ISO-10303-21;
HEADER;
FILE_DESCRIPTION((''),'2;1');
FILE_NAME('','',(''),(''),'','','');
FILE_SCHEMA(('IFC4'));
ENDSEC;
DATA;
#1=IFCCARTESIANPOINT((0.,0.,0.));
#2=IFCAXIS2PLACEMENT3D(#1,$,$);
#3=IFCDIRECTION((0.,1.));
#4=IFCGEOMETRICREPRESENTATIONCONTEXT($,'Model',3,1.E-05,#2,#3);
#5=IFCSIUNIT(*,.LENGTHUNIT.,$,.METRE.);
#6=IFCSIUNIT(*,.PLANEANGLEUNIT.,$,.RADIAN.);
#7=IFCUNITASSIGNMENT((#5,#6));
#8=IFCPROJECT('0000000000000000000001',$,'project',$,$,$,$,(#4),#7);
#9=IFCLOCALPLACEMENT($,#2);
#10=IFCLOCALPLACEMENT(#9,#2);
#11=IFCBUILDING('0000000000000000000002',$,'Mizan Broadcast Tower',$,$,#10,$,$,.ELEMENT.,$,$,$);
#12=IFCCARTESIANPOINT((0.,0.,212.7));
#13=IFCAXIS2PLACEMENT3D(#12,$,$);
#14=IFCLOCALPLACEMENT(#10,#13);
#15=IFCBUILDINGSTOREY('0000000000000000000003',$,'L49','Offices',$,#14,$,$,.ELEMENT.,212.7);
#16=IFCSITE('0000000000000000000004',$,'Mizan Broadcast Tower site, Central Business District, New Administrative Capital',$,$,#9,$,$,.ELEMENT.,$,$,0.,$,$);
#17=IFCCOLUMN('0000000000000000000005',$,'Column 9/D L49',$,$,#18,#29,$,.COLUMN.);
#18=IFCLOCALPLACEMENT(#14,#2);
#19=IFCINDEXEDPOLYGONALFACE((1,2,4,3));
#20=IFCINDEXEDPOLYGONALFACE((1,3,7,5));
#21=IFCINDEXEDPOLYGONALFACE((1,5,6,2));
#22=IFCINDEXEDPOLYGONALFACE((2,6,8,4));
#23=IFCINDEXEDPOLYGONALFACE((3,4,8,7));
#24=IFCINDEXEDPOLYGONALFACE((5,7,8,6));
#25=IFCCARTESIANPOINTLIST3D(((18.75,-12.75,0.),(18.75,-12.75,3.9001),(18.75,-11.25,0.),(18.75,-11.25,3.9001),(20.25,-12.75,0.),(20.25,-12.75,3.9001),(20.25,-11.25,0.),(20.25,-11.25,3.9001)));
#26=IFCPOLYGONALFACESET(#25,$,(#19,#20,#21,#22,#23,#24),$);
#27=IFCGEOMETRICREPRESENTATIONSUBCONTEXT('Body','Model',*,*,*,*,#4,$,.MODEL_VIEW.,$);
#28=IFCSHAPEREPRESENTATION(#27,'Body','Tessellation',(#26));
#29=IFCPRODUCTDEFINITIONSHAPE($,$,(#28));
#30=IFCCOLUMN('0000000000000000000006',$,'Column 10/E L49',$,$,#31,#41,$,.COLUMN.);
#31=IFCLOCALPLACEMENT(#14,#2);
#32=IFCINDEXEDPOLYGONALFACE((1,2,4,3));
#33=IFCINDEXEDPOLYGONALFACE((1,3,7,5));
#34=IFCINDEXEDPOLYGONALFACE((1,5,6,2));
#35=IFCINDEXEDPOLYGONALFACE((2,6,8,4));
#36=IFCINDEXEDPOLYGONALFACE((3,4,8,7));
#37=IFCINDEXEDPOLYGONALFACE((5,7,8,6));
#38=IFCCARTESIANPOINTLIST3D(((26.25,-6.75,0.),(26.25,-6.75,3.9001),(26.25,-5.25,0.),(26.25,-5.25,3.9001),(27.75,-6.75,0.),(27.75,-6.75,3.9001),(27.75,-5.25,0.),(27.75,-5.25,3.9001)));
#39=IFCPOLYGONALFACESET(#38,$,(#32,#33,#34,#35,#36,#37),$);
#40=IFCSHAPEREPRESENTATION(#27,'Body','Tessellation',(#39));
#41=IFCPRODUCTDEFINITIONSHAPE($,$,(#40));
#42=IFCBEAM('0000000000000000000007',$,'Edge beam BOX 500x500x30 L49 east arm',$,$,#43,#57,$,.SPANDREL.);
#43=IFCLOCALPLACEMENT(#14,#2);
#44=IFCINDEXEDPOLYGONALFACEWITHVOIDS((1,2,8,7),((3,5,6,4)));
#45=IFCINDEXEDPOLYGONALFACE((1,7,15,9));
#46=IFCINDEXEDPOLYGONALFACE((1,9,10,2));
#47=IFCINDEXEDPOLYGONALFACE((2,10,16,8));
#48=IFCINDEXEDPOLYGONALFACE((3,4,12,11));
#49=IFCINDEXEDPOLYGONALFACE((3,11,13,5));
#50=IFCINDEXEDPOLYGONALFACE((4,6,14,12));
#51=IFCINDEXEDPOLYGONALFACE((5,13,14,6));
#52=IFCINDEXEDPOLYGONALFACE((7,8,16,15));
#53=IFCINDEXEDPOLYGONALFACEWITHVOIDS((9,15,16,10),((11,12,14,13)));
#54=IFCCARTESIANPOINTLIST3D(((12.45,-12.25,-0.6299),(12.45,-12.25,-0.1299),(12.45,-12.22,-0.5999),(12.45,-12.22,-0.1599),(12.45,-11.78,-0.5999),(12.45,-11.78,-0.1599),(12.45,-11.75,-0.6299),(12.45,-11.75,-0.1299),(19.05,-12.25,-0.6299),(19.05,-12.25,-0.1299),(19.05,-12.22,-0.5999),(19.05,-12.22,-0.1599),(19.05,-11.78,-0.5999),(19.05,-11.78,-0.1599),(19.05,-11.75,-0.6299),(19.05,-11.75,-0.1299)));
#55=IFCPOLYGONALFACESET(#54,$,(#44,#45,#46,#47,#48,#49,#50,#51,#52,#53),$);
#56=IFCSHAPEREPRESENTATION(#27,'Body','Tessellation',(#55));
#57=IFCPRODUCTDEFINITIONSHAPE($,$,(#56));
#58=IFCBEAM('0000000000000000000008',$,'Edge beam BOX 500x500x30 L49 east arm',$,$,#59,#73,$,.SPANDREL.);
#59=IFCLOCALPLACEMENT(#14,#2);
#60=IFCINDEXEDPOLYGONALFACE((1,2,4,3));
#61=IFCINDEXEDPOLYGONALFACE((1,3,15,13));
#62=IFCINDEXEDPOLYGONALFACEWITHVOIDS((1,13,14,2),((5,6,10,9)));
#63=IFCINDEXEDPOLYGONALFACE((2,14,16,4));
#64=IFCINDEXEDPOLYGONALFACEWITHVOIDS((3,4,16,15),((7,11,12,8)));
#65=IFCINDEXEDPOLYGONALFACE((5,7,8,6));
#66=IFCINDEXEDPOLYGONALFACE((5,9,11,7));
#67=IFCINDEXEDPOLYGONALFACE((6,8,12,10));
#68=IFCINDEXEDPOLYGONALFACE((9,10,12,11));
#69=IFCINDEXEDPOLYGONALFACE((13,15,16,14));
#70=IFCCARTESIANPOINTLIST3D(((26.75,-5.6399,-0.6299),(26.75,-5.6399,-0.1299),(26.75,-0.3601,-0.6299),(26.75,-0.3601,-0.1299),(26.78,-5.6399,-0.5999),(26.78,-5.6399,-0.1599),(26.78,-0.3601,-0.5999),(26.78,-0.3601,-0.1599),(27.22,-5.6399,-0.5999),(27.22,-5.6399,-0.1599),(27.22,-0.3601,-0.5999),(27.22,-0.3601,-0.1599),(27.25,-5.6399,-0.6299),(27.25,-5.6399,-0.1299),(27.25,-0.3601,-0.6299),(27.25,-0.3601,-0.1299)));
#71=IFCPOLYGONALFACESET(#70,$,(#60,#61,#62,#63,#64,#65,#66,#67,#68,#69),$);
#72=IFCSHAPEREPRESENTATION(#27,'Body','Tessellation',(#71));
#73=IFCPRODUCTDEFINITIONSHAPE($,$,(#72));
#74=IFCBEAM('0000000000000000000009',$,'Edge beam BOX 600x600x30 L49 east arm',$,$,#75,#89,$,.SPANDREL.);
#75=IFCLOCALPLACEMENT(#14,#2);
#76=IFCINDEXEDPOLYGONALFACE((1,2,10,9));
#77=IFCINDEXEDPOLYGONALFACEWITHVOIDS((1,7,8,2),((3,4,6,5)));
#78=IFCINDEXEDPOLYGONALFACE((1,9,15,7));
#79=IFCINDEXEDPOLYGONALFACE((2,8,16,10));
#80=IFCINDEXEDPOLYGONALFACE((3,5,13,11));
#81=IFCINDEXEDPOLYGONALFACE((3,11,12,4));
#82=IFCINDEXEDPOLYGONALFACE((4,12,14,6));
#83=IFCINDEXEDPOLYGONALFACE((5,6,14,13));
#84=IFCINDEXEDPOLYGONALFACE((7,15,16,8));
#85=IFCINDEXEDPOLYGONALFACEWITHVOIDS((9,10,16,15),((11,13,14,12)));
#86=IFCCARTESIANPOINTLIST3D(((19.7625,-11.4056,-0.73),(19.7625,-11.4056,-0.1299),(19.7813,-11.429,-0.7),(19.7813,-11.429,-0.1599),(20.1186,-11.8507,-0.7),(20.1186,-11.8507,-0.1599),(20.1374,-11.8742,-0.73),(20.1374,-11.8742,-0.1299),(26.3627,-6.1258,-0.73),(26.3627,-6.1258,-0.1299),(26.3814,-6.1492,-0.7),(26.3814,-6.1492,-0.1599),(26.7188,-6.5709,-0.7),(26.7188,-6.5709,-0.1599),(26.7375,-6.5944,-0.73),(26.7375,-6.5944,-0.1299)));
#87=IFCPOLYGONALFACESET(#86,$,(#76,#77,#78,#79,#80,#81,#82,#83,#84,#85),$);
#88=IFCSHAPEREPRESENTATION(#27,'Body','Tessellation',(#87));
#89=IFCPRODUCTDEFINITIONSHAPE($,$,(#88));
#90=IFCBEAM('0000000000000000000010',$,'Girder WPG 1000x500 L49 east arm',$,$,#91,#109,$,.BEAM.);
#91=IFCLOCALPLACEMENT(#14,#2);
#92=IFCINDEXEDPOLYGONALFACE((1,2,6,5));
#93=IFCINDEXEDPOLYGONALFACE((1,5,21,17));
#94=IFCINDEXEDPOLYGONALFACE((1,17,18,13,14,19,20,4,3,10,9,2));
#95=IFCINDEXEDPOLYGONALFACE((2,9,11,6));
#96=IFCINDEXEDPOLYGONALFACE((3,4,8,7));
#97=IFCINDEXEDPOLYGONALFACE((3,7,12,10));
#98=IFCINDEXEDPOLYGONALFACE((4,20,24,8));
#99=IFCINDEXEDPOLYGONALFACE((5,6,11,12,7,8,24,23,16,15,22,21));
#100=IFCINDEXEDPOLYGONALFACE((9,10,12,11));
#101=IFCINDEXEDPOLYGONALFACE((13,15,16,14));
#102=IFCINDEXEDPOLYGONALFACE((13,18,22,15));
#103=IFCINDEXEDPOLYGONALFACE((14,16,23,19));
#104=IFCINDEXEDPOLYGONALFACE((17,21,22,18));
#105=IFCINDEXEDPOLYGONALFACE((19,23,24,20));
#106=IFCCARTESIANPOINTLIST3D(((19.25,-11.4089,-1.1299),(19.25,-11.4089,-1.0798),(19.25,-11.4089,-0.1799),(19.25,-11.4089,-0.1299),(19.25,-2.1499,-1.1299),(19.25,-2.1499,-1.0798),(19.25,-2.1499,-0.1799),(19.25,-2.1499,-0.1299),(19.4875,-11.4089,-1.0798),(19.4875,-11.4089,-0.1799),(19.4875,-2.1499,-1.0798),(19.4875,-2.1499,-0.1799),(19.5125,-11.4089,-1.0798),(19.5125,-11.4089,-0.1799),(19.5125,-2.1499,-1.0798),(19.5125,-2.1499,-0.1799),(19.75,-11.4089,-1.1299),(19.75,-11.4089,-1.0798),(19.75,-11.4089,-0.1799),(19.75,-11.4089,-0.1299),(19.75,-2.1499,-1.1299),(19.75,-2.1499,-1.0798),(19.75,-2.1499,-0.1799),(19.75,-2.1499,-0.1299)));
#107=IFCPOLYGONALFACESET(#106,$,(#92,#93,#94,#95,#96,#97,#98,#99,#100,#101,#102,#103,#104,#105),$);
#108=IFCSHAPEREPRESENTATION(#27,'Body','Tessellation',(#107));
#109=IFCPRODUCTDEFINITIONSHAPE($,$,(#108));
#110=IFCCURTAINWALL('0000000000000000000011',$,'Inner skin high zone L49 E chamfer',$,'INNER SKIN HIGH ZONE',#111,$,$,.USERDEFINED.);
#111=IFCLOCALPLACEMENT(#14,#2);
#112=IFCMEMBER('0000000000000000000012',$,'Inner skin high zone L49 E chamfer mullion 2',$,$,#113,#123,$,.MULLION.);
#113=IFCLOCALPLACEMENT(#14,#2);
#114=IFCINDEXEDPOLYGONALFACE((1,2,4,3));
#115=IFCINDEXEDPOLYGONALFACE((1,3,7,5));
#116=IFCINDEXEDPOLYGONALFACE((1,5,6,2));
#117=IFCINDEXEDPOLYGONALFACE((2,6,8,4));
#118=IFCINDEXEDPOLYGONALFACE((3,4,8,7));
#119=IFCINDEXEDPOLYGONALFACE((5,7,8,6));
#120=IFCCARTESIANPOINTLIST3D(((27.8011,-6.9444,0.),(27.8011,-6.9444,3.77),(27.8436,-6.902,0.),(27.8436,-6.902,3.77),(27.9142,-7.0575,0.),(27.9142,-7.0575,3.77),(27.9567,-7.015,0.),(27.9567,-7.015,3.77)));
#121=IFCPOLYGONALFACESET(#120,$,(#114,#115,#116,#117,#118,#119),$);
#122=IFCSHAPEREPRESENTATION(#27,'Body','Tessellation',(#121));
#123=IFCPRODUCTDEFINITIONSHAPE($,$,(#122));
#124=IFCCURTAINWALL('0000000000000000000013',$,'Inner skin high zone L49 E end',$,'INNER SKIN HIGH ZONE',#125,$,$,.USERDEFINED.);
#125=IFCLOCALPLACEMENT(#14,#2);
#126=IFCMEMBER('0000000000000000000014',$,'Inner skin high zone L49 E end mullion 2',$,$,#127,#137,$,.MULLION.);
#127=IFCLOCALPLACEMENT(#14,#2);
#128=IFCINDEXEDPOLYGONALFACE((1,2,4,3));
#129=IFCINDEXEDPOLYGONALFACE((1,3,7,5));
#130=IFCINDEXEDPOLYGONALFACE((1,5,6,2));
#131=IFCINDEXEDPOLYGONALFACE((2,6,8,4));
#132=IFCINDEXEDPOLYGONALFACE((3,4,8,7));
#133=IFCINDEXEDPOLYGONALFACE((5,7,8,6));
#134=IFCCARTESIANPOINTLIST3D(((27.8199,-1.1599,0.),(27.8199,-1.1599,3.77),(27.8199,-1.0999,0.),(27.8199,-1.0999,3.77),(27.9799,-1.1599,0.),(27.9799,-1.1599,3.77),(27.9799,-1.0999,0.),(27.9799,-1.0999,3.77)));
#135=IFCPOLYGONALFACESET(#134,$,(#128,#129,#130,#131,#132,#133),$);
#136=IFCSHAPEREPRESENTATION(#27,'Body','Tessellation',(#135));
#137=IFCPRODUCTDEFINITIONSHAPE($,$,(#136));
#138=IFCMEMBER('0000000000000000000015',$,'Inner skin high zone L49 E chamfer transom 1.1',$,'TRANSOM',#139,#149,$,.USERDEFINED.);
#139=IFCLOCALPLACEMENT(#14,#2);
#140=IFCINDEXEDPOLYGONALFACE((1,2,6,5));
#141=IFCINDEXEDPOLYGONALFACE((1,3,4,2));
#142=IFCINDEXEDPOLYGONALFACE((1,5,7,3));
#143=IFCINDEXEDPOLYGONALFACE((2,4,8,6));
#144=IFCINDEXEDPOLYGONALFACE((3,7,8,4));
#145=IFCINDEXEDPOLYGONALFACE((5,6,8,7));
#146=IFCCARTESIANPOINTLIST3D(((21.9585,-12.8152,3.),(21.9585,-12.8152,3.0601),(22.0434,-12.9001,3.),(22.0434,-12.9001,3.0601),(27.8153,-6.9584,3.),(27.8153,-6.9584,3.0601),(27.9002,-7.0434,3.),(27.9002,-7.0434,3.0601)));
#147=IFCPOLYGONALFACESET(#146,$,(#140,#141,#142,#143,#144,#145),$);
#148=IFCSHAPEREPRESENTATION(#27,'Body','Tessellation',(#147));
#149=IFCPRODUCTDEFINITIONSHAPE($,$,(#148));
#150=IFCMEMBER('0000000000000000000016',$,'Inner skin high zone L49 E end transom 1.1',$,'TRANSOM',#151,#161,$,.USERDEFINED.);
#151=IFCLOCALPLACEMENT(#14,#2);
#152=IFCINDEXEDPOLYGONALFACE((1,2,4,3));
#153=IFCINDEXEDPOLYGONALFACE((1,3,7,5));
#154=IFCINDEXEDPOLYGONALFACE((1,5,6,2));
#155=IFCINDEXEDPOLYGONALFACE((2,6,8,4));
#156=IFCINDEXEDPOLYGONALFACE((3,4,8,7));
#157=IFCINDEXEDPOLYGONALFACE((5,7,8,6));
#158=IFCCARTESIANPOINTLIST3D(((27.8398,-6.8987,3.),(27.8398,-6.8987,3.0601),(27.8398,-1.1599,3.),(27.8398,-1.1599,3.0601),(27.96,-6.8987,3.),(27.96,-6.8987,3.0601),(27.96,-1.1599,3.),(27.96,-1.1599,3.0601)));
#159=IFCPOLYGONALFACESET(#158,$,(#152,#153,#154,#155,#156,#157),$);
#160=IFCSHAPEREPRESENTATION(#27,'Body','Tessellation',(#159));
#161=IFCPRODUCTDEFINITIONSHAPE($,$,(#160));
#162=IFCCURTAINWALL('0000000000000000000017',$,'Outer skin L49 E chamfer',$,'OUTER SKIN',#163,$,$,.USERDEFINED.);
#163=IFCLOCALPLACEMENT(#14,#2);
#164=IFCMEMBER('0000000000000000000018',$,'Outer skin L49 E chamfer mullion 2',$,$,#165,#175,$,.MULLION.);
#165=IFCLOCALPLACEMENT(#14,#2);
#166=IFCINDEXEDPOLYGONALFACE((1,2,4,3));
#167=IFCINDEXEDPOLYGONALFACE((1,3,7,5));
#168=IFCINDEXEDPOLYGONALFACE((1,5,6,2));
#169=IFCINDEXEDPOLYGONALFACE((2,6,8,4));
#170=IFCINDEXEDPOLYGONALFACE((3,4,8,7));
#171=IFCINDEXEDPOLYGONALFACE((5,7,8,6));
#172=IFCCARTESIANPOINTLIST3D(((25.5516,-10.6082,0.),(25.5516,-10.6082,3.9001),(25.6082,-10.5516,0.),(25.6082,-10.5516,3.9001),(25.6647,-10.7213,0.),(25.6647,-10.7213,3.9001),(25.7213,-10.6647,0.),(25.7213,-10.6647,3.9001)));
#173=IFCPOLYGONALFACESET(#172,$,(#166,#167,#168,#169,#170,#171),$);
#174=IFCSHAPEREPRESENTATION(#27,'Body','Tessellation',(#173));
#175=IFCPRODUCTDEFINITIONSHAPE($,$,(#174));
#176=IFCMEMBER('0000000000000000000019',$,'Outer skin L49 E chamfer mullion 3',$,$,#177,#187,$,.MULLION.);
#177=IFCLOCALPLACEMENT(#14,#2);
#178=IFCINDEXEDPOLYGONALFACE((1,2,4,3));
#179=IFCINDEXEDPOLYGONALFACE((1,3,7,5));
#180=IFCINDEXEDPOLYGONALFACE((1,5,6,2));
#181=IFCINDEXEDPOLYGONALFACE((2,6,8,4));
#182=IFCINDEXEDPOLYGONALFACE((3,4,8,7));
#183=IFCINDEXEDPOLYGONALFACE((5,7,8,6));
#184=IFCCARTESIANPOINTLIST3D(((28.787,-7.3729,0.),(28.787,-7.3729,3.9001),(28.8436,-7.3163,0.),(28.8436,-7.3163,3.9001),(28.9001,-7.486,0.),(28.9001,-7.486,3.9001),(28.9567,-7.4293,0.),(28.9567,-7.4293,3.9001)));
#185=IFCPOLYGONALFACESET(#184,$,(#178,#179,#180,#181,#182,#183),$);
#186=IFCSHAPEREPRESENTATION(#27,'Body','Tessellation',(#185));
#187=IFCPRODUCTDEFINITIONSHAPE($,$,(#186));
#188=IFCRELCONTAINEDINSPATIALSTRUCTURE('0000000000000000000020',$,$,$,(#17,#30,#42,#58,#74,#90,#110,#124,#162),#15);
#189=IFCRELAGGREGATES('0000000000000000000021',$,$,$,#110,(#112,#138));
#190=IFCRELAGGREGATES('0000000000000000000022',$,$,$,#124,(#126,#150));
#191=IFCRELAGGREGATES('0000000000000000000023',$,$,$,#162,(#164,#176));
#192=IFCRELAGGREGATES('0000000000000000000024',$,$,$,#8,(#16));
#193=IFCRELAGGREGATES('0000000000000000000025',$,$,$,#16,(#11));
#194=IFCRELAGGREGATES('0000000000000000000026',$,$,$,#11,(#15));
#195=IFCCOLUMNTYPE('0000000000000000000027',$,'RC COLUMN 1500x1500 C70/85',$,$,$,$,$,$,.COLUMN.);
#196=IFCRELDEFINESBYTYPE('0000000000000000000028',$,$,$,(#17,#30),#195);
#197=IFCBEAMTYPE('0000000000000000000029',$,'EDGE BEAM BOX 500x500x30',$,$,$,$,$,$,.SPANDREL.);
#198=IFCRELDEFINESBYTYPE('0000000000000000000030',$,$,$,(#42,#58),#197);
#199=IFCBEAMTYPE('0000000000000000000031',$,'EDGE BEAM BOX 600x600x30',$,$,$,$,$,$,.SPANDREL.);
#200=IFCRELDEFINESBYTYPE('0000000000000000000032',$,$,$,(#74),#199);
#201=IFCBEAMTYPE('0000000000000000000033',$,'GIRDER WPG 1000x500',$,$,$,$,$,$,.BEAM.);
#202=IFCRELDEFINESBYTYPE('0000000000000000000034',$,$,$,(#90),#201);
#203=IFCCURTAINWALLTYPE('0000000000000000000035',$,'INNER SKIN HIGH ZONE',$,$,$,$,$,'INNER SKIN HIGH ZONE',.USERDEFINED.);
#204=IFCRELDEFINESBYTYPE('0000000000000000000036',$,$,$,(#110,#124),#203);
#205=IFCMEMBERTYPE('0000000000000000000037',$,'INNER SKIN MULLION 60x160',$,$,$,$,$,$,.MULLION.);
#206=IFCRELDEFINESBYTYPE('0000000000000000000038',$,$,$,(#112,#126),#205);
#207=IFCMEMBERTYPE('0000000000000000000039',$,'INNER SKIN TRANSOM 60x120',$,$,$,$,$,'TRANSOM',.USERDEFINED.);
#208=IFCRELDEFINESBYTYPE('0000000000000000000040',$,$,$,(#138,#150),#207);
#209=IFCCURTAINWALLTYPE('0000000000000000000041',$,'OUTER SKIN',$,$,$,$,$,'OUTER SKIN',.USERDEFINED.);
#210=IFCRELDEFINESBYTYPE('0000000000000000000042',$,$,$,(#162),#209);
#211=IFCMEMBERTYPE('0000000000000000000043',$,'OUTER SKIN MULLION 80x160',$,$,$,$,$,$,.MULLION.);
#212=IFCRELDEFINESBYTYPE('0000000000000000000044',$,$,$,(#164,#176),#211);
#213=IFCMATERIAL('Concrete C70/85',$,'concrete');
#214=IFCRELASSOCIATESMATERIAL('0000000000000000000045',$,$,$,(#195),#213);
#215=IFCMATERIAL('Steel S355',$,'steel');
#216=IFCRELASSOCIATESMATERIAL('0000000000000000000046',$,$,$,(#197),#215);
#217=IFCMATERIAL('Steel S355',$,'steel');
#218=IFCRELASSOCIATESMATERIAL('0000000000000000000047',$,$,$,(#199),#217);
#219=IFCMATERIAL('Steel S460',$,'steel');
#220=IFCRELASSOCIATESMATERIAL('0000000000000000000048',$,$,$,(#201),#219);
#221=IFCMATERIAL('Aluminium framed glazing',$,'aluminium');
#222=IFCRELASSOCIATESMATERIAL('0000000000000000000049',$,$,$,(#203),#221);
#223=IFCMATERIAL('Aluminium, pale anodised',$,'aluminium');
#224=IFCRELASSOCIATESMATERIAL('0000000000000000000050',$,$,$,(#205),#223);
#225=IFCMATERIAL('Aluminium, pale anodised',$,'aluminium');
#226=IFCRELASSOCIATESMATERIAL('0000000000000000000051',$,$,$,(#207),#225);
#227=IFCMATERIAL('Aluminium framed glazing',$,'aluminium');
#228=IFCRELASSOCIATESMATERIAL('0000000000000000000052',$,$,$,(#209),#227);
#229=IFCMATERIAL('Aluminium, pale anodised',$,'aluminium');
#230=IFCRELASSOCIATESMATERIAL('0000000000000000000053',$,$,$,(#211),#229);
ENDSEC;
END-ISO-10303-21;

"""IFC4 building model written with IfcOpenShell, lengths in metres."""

from ifc_helpers import new_model, si_unit, direction, frame, origin, origin_2d, place, context, subcontext, project, spatial, rectangle, hollow_rectangle, i_section, extrude, material, material_profile, profile_set, type_object, element, aggregate, save


model = new_model("IFC4")

# Units and contexts
model_context = context("Model", 3, precision=1e-05, world=origin(), true_north=direction((0.0, 1.0)))
body_context = subcontext(model_context, "Body", "Model", "MODEL_VIEW")
ifc_project = project(units=[si_unit("LENGTHUNIT", "METRE"), si_unit("PLANEANGLEUNIT", "RADIAN")], contexts=[model_context])

# Site, building, storey
site_placement = place(None, origin())
site = spatial("IfcSite", under=ifc_project, at=site_placement, Name="Mizan Broadcast Tower site, Central Business District, New Administrative Capital", CompositionType="ELEMENT", RefElevation=0.0)
building_placement = place(site_placement, origin())
building = spatial("IfcBuilding", under=site, at=building_placement, Name="Mizan Broadcast Tower", CompositionType="ELEMENT")
storey_placement = place(building_placement, frame((0.0, 0.0, 212.7)))
storey = spatial("IfcBuildingStorey", under=building, at=storey_placement, Name="L49", Description="Offices", CompositionType="ELEMENT", Elevation=212.7)

# Columns
ifc_material_1 = material(Name="Concrete C70/85", Category="concrete")
ifc_material_profile_1 = material_profile(ifc_material_1, rectangle(XDim=1.5, YDim=1.5, at=origin_2d()), Name="RC 1500x1500")
ifc_profile_set_1 = profile_set([ifc_material_profile_1], Name="Concrete C70/85")
column_type = type_object("IfcColumnType", Name="RC COLUMN 1500x1500 C70/85", PredefinedType="COLUMN", material=ifc_profile_set_1)
for number, where, z_axis, x_axis, name in (
    (1, (19.5, -12.0, 0.0), (0.0, 0.0, 1.0), (1.0, 0.0, 0.0), "Column 9/D L49"),
    (2, (27.0, -6.0, 0.0), (0.0, 0.0, 1.0), (1.0, 0.0, 0.0), "Column 10/E L49"),
):
    element("IfcColumn", number, at=place(storey_placement, frame(where, z_axis=z_axis, x_axis=x_axis)), inside=storey, type_object=column_type, Name=name, PredefinedType="COLUMN", context=body_context, shape_type="SweptSolid", body=[
        extrude(rectangle(XDim=1.5, YDim=1.5, at=origin_2d()), origin(), (0.0, 0.0, 1.0), 3.9001),
    ])

# Beams
ifc_material_2 = material(Name="Steel S355", Category="steel")
ifc_material_profile_2 = material_profile(ifc_material_2, hollow_rectangle(XDim=0.5, YDim=0.5, WallThickness=0.03, at=origin_2d()), Name="BOX 500x500x30")
ifc_profile_set_2 = profile_set([ifc_material_profile_2], Name="Steel S355")
beam_type_1 = type_object("IfcBeamType", Name="EDGE BEAM BOX 500x500x30", PredefinedType="SPANDREL", material=ifc_profile_set_2)
beam_1_placement = place(storey_placement, frame((12.45, -12.0, -0.3799), z_axis=(1.0, 0.0, 0.0), x_axis=(0.0, 1.0, 0.0)))
element("IfcBeam", 3, at=beam_1_placement, inside=storey, type_object=beam_type_1, Name="Edge beam BOX 500x500x30 L49 east arm", PredefinedType="SPANDREL", context=body_context, shape_type="SweptSolid", body=[
    extrude(hollow_rectangle(XDim=0.5, YDim=0.5, WallThickness=0.03, at=origin_2d()), origin(), (0.0, 0.0, 1.0), 6.6001),
])
beam_2_placement = place(storey_placement, frame((27.0, -5.6399, -0.3799), z_axis=(0.0, 1.0, 0.0), x_axis=(-1.0, 0.0, 0.0)))
element("IfcBeam", 4, at=beam_2_placement, inside=storey, type_object=beam_type_1, Name="Edge beam BOX 500x500x30 L49 east arm", PredefinedType="SPANDREL", context=body_context, shape_type="SweptSolid", body=[
    extrude(hollow_rectangle(XDim=0.5, YDim=0.5, WallThickness=0.03, at=origin_2d()), origin(), (0.0, 0.0, 1.0), 5.2798),
])
ifc_material_3 = material(Name="Steel S355", Category="steel")
ifc_material_profile_3 = material_profile(ifc_material_3, hollow_rectangle(XDim=0.6001, YDim=0.6001, WallThickness=0.03, at=origin_2d()), Name="BOX 600x600x30")
ifc_profile_set_3 = profile_set([ifc_material_profile_3], Name="Steel S355")
beam_type_2 = type_object("IfcBeamType", Name="EDGE BEAM BOX 600x600x30", PredefinedType="SPANDREL", material=ifc_profile_set_3)
beam_3_placement = place(storey_placement, frame((19.95, -11.6399, -0.4299), z_axis=(0.780886, 0.624674, 0.0), x_axis=(-0.624674, 0.780886, 0.0)))
element("IfcBeam", 5, at=beam_3_placement, inside=storey, type_object=beam_type_2, Name="Edge beam BOX 600x600x30 L49 east arm", PredefinedType="SPANDREL", context=body_context, shape_type="SweptSolid", body=[
    extrude(hollow_rectangle(XDim=0.6001, YDim=0.6001, WallThickness=0.03, at=origin_2d()), origin(), (0.0, 0.0, 1.0), 8.4521),
])
ifc_material_4 = material(Name="Steel S460", Category="steel")
ifc_material_profile_4 = material_profile(ifc_material_4, i_section(OverallWidth=0.5, OverallDepth=1.0, WebThickness=0.0249, FlangeThickness=0.05, at=origin_2d()), Name="WPG 1000x500")
ifc_profile_set_4 = profile_set([ifc_material_profile_4], Name="Steel S460")
beam_type_3 = type_object("IfcBeamType", Name="GIRDER WPG 1000x500", PredefinedType="BEAM", material=ifc_profile_set_4)
beam_4_placement = place(storey_placement, frame((19.5, -11.4089, -0.6299), z_axis=(0.0, 1.0, 0.0), x_axis=(-1.0, 0.0, 0.0)))
element("IfcBeam", 6, at=beam_4_placement, inside=storey, type_object=beam_type_3, Name="Girder WPG 1000x500 L49 east arm", PredefinedType="BEAM", context=body_context, shape_type="SweptSolid", body=[
    extrude(i_section(OverallWidth=0.5, OverallDepth=1.0, WebThickness=0.0249, FlangeThickness=0.05, at=origin_2d()), origin(), (0.0, 0.0, 1.0), 9.259),
])

# Curtain walls, members
ifc_material_5 = material(Name="Aluminium framed glazing", Category="aluminium")
curtain_wall_type_1 = type_object("IfcCurtainWallType", Name="INNER SKIN HIGH ZONE", ElementType="INNER SKIN HIGH ZONE", PredefinedType="USERDEFINED", material=ifc_material_5)
curtain_wall_1_placement = place(storey_placement, origin())
curtain_wall_1 = element("IfcCurtainWall", 7, at=curtain_wall_1_placement, inside=storey, type_object=curtain_wall_type_1, Name="Inner skin high zone L49 E chamfer", ObjectType="INNER SKIN HIGH ZONE", PredefinedType="USERDEFINED")
ifc_material_6 = material(Name="Aluminium, pale anodised", Category="aluminium")
ifc_material_profile_5 = material_profile(ifc_material_6, rectangle(XDim=0.1599, YDim=0.0601, at=origin_2d()), Name="MULLION 160x60")
ifc_profile_set_5 = profile_set([ifc_material_profile_5], Name="Aluminium, pale anodised")
member_type_1 = type_object("IfcMemberType", Name="INNER SKIN MULLION 60x160", PredefinedType="MULLION", material=ifc_profile_set_5)
member_1_placement = place(storey_placement, frame((27.8789, -6.9797, 0.0), z_axis=(0.0, 0.0, 1.0), x_axis=(-0.707107, 0.707107, 0.0)))
member_1 = element("IfcMember", 8, at=member_1_placement, type_object=member_type_1, Name="Inner skin high zone L49 E chamfer mullion 2", PredefinedType="MULLION", context=body_context, shape_type="SweptSolid", body=[
    extrude(rectangle(XDim=0.1599, YDim=0.0601, at=origin_2d()), origin(), (0.0, 0.0, 1.0), 3.77),
])
curtain_wall_2_placement = place(storey_placement, origin())
curtain_wall_2 = element("IfcCurtainWall", 9, at=curtain_wall_2_placement, inside=storey, type_object=curtain_wall_type_1, Name="Inner skin high zone L49 E end", ObjectType="INNER SKIN HIGH ZONE", PredefinedType="USERDEFINED")
member_2_placement = place(storey_placement, frame((27.8999, -1.1299, 0.0), z_axis=(0.0, 0.0, 1.0), x_axis=(-1.0, 0.0, 0.0)))
member_2 = element("IfcMember", 10, at=member_2_placement, type_object=member_type_1, Name="Inner skin high zone L49 E end mullion 2", PredefinedType="MULLION", context=body_context, shape_type="SweptSolid", body=[
    extrude(rectangle(XDim=0.1599, YDim=0.0601, at=origin_2d()), origin(), (0.0, 0.0, 1.0), 3.77),
])

# Members
ifc_material_7 = material(Name="Aluminium, pale anodised", Category="aluminium")
ifc_material_profile_6 = material_profile(ifc_material_7, rectangle(XDim=0.1201, YDim=0.0601, at=origin_2d()), Name="TRANSOM 120x60")
ifc_profile_set_6 = profile_set([ifc_material_profile_6], Name="Aluminium, pale anodised")
member_type_2 = type_object("IfcMemberType", Name="INNER SKIN TRANSOM 60x120", ElementType="TRANSOM", PredefinedType="USERDEFINED", material=ifc_profile_set_6)
member_3_placement = place(storey_placement, frame((22.001, -12.8577, 3.03), z_axis=(0.707107, 0.707107, 0.0), x_axis=(-0.707107, 0.707107, 0.0)))
member_3 = element("IfcMember", 11, at=member_3_placement, type_object=member_type_2, Name="Inner skin high zone L49 E chamfer transom 1.1", ObjectType="TRANSOM", PredefinedType="USERDEFINED", context=body_context, shape_type="SweptSolid", body=[
    extrude(rectangle(XDim=0.1201, YDim=0.0601, at=origin_2d()), origin(), (0.0, 0.0, 1.0), 8.2827),
])
member_4_placement = place(storey_placement, frame((27.8999, -6.8987, 3.03), z_axis=(0.0, 1.0, 0.0), x_axis=(-1.0, 0.0, 0.0)))
member_4 = element("IfcMember", 12, at=member_4_placement, type_object=member_type_2, Name="Inner skin high zone L49 E end transom 1.1", ObjectType="TRANSOM", PredefinedType="USERDEFINED", context=body_context, shape_type="SweptSolid", body=[
    extrude(rectangle(XDim=0.1201, YDim=0.0601, at=origin_2d()), origin(), (0.0, 0.0, 1.0), 5.7388),
])

# Curtain wall, members
ifc_material_8 = material(Name="Aluminium framed glazing", Category="aluminium")
curtain_wall_type_2 = type_object("IfcCurtainWallType", Name="OUTER SKIN", ElementType="OUTER SKIN", PredefinedType="USERDEFINED", material=ifc_material_8)
curtain_wall_3_placement = place(storey_placement, origin())
curtain_wall_3 = element("IfcCurtainWall", 13, at=curtain_wall_3_placement, inside=storey, type_object=curtain_wall_type_2, Name="Outer skin L49 E chamfer", ObjectType="OUTER SKIN", PredefinedType="USERDEFINED")
ifc_material_9 = material(Name="Aluminium, pale anodised", Category="aluminium")
ifc_material_profile_7 = material_profile(ifc_material_9, rectangle(XDim=0.1599, YDim=0.0801, at=origin_2d()), Name="MULLION 160x80")
ifc_profile_set_7 = profile_set([ifc_material_profile_7], Name="Aluminium, pale anodised")
member_type_3 = type_object("IfcMemberType", Name="OUTER SKIN MULLION 80x160", PredefinedType="MULLION", material=ifc_profile_set_7)
member_5_placement = place(storey_placement, frame((25.6365, -10.6365, 0.0), z_axis=(0.0, 0.0, 1.0), x_axis=(-0.707107, 0.707107, 0.0)))
member_5 = element("IfcMember", 14, at=member_5_placement, type_object=member_type_3, Name="Outer skin L49 E chamfer mullion 2", PredefinedType="MULLION", context=body_context, shape_type="SweptSolid", body=[
    extrude(rectangle(XDim=0.1599, YDim=0.0801, at=origin_2d()), origin(), (0.0, 0.0, 1.0), 3.9001),
])
member_6_placement = place(storey_placement, frame((28.8718, -7.4011, 0.0), z_axis=(0.0, 0.0, 1.0), x_axis=(-0.707107, 0.707107, 0.0)))
member_6 = element("IfcMember", 15, at=member_6_placement, type_object=member_type_3, Name="Outer skin L49 E chamfer mullion 3", PredefinedType="MULLION", context=body_context, shape_type="SweptSolid", body=[
    extrude(rectangle(XDim=0.1599, YDim=0.0801, at=origin_2d()), origin(), (0.0, 0.0, 1.0), 3.9001),
])

aggregate(curtain_wall_1, [member_1, member_3])
aggregate(curtain_wall_2, [member_2, member_4])
aggregate(curtain_wall_3, [member_5, member_6])

save(model, "model.ifc")
